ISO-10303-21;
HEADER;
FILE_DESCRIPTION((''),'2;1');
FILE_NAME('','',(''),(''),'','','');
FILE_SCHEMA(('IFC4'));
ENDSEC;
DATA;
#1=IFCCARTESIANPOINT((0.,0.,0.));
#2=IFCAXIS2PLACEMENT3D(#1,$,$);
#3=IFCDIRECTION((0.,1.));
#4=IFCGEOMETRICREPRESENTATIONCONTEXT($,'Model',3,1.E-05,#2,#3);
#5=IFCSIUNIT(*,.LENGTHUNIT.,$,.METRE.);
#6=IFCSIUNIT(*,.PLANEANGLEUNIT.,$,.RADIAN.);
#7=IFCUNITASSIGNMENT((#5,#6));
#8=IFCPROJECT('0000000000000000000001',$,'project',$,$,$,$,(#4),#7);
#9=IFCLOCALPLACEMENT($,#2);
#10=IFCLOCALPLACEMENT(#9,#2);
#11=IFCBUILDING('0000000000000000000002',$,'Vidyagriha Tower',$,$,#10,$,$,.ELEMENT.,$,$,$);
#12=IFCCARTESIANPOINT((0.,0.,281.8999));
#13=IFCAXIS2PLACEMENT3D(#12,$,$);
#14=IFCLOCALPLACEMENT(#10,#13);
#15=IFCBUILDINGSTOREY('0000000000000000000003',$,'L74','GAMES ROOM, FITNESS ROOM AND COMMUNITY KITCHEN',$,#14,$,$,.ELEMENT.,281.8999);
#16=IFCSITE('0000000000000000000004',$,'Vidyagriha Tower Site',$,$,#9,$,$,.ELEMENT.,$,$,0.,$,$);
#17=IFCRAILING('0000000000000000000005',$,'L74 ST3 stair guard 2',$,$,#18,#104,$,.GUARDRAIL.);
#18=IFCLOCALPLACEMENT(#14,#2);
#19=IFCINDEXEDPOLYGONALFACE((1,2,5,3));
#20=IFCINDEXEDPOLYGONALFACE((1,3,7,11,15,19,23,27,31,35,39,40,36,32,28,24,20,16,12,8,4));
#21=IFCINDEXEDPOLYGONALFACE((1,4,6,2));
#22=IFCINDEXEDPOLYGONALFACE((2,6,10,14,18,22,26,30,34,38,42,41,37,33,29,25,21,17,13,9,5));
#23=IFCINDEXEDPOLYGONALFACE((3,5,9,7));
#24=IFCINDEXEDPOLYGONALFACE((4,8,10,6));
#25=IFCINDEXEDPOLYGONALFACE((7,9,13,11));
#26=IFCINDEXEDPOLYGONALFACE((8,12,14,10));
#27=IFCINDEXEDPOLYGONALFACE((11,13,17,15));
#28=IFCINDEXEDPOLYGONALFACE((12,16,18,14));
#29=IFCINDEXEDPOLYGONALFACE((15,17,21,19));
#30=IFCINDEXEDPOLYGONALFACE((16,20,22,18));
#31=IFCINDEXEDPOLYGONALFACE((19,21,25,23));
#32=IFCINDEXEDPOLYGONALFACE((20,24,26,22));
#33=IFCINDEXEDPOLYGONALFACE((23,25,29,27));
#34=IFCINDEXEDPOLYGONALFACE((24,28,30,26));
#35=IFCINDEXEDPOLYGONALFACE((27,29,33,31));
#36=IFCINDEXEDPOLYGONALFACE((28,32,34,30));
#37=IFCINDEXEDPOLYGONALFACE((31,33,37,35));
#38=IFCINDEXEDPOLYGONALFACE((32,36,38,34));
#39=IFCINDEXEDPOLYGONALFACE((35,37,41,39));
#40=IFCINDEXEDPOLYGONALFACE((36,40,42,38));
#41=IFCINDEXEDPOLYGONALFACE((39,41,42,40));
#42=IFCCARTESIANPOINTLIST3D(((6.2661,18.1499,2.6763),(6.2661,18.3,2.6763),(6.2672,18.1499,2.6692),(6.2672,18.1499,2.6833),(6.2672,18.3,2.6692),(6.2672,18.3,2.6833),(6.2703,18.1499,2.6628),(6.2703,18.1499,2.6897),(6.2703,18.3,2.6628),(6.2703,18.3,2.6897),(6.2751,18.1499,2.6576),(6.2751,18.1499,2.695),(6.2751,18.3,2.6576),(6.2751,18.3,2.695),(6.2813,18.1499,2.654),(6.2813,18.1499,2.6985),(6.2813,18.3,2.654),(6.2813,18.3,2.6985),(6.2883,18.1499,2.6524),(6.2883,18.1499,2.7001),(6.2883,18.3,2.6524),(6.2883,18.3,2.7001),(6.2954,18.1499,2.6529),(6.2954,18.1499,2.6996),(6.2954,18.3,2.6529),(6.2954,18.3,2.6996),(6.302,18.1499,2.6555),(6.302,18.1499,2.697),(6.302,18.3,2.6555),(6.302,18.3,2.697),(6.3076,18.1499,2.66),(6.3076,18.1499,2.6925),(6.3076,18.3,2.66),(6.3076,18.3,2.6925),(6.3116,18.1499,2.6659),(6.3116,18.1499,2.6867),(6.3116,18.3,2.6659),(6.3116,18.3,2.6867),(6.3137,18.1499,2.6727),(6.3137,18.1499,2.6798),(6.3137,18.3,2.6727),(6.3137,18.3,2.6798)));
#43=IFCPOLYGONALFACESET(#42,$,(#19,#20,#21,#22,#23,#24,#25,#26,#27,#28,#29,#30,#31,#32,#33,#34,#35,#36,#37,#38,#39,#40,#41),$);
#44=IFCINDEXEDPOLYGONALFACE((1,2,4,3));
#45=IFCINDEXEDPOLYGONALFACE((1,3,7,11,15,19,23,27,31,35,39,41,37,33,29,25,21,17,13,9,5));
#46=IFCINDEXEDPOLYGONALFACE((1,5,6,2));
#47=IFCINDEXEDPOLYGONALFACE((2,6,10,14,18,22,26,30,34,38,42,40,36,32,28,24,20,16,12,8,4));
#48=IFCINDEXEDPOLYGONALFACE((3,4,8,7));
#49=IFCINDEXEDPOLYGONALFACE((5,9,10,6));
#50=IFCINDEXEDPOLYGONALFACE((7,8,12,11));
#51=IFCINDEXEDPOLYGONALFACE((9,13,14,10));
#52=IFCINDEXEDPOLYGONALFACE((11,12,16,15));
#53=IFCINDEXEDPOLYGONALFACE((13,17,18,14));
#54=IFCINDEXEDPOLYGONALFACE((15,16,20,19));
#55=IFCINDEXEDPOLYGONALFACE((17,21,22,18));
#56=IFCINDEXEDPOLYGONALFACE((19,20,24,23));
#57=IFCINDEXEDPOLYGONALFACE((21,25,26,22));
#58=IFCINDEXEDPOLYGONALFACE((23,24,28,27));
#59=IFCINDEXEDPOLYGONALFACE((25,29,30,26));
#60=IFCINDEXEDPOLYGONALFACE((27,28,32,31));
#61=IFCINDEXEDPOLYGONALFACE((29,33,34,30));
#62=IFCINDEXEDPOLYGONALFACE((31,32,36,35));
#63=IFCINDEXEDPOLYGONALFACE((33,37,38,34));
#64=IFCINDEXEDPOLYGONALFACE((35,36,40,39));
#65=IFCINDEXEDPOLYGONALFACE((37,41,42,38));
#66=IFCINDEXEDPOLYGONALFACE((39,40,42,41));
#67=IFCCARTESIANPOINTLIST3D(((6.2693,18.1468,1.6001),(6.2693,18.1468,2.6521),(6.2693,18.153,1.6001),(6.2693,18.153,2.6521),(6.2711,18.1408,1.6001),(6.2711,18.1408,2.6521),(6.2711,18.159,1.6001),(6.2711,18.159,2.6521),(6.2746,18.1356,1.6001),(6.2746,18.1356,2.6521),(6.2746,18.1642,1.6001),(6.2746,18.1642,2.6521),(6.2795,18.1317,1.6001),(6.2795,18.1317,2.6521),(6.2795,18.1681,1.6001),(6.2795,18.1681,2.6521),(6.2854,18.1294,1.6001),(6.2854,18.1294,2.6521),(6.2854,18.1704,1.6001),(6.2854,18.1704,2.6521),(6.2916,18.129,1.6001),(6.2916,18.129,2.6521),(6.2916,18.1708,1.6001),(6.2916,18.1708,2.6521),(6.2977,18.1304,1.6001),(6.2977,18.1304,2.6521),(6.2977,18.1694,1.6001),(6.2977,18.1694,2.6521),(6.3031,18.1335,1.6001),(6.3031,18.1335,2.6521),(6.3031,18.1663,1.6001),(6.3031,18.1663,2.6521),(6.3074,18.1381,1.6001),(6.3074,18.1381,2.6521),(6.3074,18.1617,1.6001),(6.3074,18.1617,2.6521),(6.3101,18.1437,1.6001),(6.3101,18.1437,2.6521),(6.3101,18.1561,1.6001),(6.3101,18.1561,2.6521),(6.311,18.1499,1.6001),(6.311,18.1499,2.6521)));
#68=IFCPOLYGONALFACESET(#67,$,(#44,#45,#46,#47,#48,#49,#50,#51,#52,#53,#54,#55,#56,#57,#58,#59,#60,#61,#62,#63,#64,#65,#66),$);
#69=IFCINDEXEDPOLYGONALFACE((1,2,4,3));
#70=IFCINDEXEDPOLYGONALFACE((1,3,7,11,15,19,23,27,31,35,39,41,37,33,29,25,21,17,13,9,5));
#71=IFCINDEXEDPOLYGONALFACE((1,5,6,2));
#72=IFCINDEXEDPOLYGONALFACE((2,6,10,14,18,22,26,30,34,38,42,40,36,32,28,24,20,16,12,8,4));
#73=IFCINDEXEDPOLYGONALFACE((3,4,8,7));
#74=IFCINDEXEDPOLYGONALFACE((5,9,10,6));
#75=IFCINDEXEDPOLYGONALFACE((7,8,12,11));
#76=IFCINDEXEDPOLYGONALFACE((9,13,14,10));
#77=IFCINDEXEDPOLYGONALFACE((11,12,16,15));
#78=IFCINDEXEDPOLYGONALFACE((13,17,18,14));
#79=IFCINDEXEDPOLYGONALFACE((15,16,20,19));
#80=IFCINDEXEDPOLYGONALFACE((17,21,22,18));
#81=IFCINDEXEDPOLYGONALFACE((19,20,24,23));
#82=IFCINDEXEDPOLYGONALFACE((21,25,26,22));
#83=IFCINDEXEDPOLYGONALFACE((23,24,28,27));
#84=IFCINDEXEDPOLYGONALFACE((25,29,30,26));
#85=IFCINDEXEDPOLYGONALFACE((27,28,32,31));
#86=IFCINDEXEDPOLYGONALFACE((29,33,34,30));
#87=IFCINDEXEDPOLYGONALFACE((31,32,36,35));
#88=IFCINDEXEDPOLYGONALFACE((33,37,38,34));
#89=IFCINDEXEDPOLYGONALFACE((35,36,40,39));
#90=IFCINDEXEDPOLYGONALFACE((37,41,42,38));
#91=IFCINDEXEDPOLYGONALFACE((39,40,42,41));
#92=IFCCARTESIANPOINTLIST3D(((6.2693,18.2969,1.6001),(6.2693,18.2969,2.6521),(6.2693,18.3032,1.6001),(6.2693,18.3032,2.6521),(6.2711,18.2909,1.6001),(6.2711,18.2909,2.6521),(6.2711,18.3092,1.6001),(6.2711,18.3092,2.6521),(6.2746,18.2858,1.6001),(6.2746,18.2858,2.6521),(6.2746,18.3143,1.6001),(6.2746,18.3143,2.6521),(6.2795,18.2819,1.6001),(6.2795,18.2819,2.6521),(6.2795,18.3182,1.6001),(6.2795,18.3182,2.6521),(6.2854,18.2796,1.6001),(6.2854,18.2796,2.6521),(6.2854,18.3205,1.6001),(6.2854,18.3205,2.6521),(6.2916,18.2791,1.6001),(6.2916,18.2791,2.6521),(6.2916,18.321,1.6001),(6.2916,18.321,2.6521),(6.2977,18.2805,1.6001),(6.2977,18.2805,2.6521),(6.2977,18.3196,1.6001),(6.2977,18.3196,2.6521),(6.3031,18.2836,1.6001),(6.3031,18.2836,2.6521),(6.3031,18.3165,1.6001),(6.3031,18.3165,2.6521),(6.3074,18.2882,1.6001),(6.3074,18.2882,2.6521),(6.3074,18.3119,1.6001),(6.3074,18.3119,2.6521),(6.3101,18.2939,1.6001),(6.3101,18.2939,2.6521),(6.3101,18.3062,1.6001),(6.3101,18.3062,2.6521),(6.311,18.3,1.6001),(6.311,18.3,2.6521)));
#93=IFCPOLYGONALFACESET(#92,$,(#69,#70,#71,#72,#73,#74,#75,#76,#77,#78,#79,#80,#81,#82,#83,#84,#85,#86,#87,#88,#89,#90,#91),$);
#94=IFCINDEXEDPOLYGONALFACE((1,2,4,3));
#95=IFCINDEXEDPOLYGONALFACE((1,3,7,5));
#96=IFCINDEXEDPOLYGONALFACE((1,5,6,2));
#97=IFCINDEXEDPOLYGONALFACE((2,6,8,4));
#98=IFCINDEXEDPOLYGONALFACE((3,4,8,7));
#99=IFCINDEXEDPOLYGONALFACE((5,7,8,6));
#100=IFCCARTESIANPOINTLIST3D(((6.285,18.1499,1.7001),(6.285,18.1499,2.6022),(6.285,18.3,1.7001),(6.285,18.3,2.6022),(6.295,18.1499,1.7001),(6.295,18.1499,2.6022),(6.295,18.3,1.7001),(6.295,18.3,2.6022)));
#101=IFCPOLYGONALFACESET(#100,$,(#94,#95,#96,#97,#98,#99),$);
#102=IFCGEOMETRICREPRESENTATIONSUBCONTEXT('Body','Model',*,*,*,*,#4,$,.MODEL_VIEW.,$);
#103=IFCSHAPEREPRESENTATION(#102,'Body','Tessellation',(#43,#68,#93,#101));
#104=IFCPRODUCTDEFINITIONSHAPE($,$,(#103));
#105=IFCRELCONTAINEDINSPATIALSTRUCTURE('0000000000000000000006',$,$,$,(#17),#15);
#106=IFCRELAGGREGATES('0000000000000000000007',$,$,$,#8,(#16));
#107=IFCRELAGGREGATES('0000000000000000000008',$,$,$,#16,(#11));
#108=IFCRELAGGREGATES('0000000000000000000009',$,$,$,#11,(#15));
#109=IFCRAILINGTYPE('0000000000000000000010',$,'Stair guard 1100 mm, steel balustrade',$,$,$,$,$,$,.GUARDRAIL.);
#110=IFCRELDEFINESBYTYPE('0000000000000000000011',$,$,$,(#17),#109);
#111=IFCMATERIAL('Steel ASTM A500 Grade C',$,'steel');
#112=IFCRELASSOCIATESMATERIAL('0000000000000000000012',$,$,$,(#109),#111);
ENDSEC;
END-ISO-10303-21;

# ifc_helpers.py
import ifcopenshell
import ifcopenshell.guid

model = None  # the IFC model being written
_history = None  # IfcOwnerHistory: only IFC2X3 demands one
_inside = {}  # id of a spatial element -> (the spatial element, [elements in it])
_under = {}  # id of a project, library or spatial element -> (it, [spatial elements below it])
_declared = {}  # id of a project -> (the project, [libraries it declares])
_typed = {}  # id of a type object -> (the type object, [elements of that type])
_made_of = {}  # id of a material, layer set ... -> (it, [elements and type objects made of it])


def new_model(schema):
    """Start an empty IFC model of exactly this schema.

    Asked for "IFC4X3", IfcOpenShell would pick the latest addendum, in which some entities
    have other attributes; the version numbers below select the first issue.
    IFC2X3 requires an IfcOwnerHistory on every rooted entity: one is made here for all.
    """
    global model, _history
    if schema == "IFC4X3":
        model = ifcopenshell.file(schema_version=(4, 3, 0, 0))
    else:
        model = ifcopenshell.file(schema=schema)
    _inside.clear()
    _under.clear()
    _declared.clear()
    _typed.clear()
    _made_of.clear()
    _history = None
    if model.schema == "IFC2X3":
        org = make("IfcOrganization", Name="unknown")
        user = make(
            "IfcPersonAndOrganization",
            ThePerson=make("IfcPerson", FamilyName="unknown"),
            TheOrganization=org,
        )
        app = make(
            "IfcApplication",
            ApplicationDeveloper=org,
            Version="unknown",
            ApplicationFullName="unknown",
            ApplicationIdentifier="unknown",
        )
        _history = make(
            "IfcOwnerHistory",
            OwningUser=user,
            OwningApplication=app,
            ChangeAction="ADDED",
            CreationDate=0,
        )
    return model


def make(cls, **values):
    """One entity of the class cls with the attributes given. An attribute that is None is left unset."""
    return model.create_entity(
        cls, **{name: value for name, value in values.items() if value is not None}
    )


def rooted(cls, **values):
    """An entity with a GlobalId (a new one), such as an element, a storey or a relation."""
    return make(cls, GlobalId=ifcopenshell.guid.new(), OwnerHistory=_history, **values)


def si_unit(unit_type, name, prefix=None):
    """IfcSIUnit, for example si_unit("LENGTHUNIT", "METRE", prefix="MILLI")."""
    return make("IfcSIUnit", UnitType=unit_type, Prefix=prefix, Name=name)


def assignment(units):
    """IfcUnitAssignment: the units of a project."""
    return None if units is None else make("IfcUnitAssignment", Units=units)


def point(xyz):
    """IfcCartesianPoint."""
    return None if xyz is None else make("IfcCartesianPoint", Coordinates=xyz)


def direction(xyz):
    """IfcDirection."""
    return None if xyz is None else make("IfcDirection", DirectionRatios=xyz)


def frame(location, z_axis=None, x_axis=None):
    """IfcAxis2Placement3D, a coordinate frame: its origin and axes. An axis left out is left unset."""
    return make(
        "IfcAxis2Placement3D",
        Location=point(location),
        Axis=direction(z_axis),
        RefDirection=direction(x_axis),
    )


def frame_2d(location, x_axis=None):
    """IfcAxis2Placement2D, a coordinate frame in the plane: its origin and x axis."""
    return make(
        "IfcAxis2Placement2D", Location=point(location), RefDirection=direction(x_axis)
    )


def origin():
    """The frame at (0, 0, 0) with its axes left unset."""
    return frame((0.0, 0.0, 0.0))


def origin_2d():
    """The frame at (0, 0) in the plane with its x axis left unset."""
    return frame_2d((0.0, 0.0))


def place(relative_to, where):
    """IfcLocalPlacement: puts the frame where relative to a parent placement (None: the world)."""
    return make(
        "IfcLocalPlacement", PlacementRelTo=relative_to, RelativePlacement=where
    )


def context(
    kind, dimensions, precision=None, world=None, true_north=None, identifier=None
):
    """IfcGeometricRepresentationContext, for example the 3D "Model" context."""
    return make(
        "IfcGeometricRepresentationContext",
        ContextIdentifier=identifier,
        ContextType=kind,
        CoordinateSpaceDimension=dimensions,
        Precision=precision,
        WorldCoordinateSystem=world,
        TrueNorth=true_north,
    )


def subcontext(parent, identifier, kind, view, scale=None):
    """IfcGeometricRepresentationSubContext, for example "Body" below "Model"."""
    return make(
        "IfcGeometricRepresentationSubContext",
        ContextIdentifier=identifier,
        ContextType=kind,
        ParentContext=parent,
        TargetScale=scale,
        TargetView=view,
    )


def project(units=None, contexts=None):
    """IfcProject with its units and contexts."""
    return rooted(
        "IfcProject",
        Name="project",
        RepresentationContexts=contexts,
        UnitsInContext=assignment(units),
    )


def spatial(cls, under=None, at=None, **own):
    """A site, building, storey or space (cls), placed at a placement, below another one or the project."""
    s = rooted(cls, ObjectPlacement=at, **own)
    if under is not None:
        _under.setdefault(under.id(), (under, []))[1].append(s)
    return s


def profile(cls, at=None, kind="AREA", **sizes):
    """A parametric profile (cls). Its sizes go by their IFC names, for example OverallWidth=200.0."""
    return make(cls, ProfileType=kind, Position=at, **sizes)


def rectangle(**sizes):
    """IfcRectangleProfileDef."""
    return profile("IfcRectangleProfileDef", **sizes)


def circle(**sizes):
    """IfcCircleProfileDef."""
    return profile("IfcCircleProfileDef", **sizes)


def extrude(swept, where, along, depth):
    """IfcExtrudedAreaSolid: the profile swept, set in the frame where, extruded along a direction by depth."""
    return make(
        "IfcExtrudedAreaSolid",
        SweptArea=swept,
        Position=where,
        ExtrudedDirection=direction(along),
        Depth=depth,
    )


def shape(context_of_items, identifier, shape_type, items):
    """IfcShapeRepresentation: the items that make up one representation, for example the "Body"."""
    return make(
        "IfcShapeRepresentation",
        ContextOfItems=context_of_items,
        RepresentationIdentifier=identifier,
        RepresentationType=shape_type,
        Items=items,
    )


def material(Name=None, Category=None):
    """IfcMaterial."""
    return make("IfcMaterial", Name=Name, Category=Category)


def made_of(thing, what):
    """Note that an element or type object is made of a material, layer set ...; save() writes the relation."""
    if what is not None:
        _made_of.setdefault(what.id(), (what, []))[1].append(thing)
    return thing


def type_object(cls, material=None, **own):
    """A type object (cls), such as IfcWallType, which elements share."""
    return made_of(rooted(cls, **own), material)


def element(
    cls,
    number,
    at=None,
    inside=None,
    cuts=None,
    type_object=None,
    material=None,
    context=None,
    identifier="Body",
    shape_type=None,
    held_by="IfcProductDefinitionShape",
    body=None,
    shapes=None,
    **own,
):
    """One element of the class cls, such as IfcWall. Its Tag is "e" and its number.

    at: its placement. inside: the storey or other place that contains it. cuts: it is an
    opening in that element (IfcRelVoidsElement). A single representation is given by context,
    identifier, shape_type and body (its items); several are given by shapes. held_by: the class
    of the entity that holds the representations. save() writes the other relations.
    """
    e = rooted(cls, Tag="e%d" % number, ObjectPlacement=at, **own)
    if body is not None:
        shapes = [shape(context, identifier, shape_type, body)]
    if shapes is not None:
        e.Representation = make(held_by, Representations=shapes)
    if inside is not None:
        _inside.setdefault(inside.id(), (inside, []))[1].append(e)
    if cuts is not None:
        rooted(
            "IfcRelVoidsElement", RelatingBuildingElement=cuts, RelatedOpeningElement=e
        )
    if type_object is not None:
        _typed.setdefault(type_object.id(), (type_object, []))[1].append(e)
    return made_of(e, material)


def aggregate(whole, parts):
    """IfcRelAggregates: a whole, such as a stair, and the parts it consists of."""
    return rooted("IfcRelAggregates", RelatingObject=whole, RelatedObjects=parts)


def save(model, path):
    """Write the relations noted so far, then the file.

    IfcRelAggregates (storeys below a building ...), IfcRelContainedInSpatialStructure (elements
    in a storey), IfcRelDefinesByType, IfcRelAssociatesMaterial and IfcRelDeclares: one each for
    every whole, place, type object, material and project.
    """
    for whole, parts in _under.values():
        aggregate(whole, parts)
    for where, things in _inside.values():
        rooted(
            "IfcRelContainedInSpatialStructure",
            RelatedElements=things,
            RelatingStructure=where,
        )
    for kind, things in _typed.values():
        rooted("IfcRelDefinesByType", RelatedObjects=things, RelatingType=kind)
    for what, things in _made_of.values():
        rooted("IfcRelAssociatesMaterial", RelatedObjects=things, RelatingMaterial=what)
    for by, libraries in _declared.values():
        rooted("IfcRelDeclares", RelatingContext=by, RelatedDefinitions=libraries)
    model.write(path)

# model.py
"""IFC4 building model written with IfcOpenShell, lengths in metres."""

from ifc_helpers import new_model, si_unit, direction, frame, origin, origin_2d, place, context, subcontext, project, spatial, rectangle, circle, extrude, material, type_object, element, save


model = new_model("IFC4")

# Units and contexts
model_context = context("Model", 3, precision=1e-05, world=origin(), true_north=direction((0.0, 1.0)))
body_context = subcontext(model_context, "Body", "Model", "MODEL_VIEW")
ifc_project = project(units=[si_unit("LENGTHUNIT", "METRE"), si_unit("PLANEANGLEUNIT", "RADIAN")], contexts=[model_context])

# Site, building, storey
site_placement = place(None, origin())
site = spatial("IfcSite", under=ifc_project, at=site_placement, Name="Vidyagriha Tower Site", CompositionType="ELEMENT", RefElevation=0.0)
building_placement = place(site_placement, origin())
building = spatial("IfcBuilding", under=site, at=building_placement, Name="Vidyagriha Tower", CompositionType="ELEMENT")
storey_placement = place(building_placement, frame((0.0, 0.0, 281.8999)))
storey = spatial("IfcBuildingStorey", under=building, at=storey_placement, Name="L74", Description="GAMES ROOM, FITNESS ROOM AND COMMUNITY KITCHEN", CompositionType="ELEMENT", Elevation=281.8999)

# Railing
ifc_material_1 = material(Name="Steel ASTM A500 Grade C", Category="steel")
railing_type_1 = type_object("IfcRailingType", Name="Stair guard 1100 mm, steel balustrade", PredefinedType="GUARDRAIL", material=ifc_material_1)
railing_1_placement = place(storey_placement, frame((6.29, 18.1499, 1.6001)))
element("IfcRailing", 1, at=railing_1_placement, inside=storey, type_object=railing_type_1, Name="L74 ST3 stair guard 2", PredefinedType="GUARDRAIL", context=body_context, shape_type="SweptSolid", body=[
    extrude(circle(Radius=0.0239, at=origin_2d()), frame((0.0, 0.0, 1.0762), z_axis=(0.0, 1.0, 0.0), x_axis=(-1.0, 0.0, 0.0)), (0.0, 0.0, 1.0), 0.1501),
    extrude(circle(Radius=0.021, at=origin_2d()), origin(), (0.0, 0.0, 1.0), 1.052),
    extrude(circle(Radius=0.021, at=origin_2d()), frame((0.0, 0.1501, 0.0)), (0.0, 0.0, 1.0), 1.052),
    extrude(rectangle(XDim=0.01, YDim=0.9021, at=origin_2d()), frame((0.0, 0.0, 0.551), z_axis=(0.0, 1.0, 0.0), x_axis=(-1.0, 0.0, 0.0)), (0.0, 0.0, 1.0), 0.1501),
])

save(model, "model.ifc")
